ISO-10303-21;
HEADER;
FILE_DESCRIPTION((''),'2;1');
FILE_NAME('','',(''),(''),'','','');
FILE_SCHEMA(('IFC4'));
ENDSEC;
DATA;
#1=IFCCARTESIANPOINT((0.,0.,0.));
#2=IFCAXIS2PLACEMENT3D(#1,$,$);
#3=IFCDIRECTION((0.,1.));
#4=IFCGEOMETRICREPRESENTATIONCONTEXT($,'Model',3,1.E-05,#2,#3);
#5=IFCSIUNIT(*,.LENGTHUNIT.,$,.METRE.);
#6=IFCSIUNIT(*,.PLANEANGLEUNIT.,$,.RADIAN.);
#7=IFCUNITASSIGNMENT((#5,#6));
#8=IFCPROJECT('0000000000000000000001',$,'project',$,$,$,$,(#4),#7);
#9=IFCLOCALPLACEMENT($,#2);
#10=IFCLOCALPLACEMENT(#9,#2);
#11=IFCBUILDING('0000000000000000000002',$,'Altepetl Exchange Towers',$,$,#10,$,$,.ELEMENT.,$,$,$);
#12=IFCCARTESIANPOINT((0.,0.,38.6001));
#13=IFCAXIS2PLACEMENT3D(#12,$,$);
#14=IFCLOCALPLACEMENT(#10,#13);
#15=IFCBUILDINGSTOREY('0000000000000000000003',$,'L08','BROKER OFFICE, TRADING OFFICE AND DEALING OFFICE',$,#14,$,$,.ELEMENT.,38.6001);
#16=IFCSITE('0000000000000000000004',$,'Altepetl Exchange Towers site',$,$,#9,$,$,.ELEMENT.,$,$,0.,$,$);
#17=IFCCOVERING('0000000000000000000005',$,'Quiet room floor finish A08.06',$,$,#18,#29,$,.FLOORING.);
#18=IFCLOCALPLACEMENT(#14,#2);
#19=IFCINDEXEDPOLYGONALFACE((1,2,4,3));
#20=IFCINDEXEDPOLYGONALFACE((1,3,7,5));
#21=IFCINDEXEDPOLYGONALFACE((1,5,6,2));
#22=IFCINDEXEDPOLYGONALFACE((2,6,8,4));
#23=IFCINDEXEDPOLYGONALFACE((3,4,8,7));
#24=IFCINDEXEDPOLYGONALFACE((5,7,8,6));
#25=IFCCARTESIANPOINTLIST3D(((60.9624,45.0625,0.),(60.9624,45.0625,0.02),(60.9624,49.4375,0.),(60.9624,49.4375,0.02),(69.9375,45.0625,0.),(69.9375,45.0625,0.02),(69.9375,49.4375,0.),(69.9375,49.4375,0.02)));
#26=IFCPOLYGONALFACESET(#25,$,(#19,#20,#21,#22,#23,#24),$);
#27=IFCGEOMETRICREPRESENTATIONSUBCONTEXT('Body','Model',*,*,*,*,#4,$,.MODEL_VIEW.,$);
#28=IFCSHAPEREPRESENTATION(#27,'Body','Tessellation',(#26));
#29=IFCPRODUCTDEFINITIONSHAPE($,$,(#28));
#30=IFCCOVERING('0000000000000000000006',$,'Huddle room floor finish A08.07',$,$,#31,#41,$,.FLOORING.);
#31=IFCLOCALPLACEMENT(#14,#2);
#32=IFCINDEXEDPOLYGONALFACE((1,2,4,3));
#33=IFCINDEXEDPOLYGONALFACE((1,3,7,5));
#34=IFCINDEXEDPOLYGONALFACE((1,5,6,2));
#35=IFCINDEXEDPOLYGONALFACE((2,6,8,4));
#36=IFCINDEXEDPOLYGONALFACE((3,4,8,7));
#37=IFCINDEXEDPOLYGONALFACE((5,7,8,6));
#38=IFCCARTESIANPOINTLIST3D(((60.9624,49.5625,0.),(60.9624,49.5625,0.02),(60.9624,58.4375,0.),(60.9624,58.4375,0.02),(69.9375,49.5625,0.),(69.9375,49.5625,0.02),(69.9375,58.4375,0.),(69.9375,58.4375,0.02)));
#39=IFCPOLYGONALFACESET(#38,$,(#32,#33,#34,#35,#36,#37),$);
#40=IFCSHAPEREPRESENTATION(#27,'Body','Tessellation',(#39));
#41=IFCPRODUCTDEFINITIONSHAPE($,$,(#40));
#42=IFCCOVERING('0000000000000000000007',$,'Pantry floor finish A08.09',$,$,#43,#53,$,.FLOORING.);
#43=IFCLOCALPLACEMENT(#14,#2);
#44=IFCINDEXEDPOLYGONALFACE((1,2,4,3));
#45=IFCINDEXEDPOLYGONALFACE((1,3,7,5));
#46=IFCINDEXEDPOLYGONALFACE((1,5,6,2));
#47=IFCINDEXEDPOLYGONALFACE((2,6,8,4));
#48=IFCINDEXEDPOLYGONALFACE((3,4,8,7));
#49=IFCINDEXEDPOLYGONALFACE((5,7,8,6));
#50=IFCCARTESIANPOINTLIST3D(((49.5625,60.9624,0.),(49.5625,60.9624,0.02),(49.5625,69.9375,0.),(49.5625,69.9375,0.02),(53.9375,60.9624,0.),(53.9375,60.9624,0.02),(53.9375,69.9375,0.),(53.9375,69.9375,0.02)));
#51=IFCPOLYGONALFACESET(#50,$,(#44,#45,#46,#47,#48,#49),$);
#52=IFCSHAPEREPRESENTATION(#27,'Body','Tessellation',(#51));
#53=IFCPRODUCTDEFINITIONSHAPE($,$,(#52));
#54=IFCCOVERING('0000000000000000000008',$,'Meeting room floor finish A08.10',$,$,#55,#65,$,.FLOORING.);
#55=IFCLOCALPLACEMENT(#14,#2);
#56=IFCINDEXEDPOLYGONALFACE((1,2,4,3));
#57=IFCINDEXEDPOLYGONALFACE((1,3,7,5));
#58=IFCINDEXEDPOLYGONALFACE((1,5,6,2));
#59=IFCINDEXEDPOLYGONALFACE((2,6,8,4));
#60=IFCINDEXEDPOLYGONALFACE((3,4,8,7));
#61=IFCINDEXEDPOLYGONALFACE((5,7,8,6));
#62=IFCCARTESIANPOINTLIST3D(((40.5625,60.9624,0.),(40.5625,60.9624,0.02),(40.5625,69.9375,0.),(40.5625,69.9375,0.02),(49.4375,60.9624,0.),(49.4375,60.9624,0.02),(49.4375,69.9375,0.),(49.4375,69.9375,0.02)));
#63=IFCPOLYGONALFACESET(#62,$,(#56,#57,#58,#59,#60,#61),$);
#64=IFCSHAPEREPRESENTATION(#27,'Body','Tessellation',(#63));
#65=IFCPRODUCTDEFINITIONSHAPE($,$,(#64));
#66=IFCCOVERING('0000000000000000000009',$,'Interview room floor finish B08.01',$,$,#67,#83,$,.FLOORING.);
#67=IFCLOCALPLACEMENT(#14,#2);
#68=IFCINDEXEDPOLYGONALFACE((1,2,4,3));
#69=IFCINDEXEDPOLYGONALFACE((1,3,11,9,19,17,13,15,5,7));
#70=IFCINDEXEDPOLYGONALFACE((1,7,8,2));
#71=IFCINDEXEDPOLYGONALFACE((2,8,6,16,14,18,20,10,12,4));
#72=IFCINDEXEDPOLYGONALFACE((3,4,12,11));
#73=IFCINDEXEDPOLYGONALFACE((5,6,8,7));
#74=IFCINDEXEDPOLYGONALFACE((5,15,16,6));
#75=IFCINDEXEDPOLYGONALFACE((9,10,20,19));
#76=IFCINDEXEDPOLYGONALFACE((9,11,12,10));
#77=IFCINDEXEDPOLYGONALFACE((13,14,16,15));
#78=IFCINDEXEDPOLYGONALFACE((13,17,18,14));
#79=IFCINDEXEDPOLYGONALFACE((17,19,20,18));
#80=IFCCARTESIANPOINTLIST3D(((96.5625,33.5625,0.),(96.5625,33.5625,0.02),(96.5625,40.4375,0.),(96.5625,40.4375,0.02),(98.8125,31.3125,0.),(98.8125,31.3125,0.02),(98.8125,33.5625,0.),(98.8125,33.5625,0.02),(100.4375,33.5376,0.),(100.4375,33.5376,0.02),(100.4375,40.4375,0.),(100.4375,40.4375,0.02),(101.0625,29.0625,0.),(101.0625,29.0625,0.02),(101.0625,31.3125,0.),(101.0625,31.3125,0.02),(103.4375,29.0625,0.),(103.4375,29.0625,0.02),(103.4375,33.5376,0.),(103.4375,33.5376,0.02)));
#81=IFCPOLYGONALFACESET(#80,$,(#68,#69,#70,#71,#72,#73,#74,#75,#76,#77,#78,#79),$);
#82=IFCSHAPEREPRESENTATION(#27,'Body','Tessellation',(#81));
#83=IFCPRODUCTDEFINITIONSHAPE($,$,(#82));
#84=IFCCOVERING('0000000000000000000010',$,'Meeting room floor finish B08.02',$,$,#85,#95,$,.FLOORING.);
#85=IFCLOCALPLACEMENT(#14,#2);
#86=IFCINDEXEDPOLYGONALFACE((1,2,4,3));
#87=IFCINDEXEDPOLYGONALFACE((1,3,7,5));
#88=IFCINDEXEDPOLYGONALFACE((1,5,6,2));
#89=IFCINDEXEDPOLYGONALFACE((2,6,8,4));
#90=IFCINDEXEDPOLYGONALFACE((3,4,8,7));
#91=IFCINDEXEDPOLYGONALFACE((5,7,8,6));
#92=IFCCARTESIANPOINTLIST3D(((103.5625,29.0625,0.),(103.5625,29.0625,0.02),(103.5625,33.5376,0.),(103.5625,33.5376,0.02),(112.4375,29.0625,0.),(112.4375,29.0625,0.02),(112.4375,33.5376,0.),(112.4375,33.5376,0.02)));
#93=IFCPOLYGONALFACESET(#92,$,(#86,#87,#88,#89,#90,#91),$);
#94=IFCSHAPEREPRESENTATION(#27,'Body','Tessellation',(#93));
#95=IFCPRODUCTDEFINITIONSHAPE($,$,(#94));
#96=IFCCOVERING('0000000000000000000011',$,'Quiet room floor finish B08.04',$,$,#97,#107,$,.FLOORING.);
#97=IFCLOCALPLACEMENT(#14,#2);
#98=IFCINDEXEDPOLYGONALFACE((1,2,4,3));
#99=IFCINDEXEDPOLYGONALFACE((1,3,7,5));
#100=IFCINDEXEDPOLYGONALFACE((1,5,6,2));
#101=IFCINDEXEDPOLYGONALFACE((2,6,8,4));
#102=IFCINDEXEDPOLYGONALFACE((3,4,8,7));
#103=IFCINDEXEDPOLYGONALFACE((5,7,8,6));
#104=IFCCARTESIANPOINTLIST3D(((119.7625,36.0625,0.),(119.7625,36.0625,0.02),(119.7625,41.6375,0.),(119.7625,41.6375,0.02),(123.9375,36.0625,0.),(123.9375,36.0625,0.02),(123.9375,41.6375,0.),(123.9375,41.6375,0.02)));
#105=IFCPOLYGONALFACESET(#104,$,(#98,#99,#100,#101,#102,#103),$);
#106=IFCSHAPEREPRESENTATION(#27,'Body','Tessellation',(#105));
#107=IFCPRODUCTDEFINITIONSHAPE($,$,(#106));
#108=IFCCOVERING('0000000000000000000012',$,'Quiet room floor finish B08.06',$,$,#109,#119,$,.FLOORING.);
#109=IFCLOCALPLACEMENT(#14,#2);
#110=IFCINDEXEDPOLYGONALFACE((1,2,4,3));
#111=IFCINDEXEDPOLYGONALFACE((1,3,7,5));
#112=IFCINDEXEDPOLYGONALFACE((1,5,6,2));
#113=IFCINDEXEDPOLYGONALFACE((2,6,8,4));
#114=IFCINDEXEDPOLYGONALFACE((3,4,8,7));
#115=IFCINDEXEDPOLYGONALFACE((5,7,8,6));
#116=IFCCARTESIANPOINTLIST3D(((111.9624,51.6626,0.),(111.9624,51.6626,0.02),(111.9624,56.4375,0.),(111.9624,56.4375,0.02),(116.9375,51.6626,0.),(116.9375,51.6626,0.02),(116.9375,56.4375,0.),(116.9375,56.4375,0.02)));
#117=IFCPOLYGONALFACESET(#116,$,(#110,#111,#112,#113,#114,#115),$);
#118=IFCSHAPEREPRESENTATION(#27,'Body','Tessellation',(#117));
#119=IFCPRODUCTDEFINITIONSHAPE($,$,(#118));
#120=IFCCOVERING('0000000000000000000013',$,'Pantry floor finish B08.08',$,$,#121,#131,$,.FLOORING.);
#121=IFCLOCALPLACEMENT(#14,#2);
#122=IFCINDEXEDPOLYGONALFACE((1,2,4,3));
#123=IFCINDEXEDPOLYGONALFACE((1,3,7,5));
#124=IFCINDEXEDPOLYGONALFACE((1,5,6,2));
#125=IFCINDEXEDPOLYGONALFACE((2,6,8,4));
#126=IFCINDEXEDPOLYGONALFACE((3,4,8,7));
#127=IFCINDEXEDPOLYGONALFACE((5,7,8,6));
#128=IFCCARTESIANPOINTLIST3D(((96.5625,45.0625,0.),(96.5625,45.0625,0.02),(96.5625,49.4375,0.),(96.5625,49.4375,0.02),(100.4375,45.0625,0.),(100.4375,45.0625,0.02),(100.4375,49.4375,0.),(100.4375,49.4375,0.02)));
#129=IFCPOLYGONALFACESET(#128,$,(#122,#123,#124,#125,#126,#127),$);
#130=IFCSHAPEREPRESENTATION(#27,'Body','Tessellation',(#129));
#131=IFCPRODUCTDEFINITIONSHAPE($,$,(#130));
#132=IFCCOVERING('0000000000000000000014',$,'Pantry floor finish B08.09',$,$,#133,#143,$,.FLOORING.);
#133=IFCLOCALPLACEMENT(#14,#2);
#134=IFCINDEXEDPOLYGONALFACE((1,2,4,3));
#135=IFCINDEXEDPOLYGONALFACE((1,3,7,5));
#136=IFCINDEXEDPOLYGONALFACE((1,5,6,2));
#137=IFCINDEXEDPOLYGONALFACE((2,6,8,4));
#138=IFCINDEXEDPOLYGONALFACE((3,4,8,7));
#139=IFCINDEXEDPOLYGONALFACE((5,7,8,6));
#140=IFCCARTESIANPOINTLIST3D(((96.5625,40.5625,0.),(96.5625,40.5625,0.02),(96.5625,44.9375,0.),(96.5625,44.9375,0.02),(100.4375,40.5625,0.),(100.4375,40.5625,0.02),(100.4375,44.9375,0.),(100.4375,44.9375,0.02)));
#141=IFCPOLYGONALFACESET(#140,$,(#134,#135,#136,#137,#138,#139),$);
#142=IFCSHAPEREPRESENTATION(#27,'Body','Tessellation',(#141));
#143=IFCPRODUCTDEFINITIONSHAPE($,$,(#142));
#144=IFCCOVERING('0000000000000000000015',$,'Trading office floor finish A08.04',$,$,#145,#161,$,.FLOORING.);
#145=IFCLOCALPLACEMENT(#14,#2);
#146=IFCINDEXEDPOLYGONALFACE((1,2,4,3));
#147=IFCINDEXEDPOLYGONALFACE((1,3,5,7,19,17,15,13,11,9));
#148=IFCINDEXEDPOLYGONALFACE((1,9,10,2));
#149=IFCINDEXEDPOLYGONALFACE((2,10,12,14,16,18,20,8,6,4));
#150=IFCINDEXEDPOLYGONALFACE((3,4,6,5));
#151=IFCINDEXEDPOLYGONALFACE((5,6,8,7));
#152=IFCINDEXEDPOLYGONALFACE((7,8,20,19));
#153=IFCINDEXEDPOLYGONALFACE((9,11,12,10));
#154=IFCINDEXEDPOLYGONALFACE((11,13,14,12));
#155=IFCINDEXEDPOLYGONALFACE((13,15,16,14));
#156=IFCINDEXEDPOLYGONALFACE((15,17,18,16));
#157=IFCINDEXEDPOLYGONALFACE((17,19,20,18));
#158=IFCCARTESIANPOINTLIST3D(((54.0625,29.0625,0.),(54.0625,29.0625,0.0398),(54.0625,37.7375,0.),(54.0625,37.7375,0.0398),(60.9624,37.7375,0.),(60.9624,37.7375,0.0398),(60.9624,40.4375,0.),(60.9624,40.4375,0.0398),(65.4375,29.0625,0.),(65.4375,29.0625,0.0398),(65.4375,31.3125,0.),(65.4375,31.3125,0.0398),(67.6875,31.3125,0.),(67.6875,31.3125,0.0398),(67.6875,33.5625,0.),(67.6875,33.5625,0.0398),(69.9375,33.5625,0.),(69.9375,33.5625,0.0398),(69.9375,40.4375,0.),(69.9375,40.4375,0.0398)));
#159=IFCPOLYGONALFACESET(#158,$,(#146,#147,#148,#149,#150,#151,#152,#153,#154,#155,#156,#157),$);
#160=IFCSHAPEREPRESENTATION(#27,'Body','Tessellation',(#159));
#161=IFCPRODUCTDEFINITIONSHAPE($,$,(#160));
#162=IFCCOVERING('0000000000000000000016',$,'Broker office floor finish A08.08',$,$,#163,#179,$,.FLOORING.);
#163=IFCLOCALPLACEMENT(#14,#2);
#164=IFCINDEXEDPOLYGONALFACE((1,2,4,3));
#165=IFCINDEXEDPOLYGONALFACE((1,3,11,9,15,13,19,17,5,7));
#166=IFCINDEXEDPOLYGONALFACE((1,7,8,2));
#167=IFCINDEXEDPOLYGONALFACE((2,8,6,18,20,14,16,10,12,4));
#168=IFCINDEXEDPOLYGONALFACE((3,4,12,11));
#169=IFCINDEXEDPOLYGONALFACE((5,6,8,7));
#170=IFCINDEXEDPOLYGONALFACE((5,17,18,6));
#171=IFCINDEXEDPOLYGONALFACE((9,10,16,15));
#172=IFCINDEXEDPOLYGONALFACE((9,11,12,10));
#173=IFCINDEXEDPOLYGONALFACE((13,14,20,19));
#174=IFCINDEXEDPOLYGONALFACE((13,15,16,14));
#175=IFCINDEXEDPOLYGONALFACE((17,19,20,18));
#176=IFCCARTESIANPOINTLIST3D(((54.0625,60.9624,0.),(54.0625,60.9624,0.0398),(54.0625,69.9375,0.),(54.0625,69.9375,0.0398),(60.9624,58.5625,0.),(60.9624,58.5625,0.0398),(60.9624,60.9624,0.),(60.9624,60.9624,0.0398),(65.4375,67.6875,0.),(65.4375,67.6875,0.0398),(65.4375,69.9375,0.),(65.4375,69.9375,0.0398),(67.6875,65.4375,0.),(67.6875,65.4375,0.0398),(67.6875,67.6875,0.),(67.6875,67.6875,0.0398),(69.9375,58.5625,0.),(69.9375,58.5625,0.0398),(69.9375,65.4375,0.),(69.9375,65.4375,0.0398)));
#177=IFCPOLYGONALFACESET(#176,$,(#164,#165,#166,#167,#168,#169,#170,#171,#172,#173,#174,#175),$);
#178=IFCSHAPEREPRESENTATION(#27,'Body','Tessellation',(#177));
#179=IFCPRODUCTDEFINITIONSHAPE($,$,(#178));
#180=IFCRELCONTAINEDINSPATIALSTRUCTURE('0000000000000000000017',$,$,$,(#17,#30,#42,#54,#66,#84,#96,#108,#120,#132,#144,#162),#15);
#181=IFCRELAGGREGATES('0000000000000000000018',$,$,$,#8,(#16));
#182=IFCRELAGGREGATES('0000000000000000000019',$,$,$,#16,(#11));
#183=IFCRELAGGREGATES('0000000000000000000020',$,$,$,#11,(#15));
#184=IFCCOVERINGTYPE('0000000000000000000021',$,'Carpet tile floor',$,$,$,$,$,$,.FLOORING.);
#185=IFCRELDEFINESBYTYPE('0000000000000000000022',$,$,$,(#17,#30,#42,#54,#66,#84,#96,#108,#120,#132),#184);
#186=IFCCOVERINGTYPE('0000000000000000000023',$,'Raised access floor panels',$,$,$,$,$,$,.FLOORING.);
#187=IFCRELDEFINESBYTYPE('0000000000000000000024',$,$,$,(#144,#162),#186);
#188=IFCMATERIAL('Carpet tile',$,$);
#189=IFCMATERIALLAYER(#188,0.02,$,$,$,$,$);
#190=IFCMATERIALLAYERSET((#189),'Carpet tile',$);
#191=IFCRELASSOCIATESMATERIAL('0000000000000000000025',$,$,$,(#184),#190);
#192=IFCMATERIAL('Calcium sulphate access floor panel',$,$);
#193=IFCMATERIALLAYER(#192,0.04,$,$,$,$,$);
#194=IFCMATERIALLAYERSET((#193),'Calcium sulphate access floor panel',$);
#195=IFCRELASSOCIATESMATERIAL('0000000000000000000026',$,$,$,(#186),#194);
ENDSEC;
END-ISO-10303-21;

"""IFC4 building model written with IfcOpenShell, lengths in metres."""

from ifc_helpers import new_model, si_unit, direction, frame, origin, place, context, subcontext, project, spatial, polyline, outline, extrude, material, layer, layer_set, type_object, element, save


model = new_model("IFC4")

# Units and contexts
model_context = context("Model", 3, precision=1e-05, world=origin(), true_north=direction((0.0, 1.0)))
body_context = subcontext(model_context, "Body", "Model", "MODEL_VIEW")
ifc_project = project(units=[si_unit("LENGTHUNIT", "METRE"), si_unit("PLANEANGLEUNIT", "RADIAN")], contexts=[model_context])

# Site, building, storey
site_placement = place(None, origin())
site = spatial("IfcSite", under=ifc_project, at=site_placement, Name="Altepetl Exchange Towers site", CompositionType="ELEMENT", RefElevation=0.0)
building_placement = place(site_placement, origin())
building = spatial("IfcBuilding", under=site, at=building_placement, Name="Altepetl Exchange Towers", CompositionType="ELEMENT")
storey_placement = place(building_placement, frame((0.0, 0.0, 38.6001)))
storey = spatial("IfcBuildingStorey", under=building, at=storey_placement, Name="L08", Description="BROKER OFFICE, TRADING OFFICE AND DEALING OFFICE", CompositionType="ELEMENT", Elevation=38.6001)

# Coverings
ifc_material_1 = material(Name="Carpet tile")
ifc_layer_1 = layer(ifc_material_1, 0.02)
ifc_layer_set_1 = layer_set([ifc_layer_1], Name="Carpet tile")
covering_type_1 = type_object("IfcCoveringType", Name="Carpet tile floor", PredefinedType="FLOORING", material=ifc_layer_set_1)
covering_1_placement = place(storey_placement, origin())
element("IfcCovering", 1, at=covering_1_placement, inside=storey, type_object=covering_type_1, Name="Quiet room floor finish A08.06", PredefinedType="FLOORING", context=body_context, shape_type="SweptSolid", body=[
    extrude(outline(polyline([(69.9375, 49.4375), (60.9624, 49.4375), (60.9624, 45.0625), (69.9375, 45.0625), (69.9375, 49.4375)])), origin(), (0.0, 0.0, 1.0), 0.02),
])
covering_2_placement = place(storey_placement, origin())
element("IfcCovering", 2, at=covering_2_placement, inside=storey, type_object=covering_type_1, Name="Huddle room floor finish A08.07", PredefinedType="FLOORING", context=body_context, shape_type="SweptSolid", body=[
    extrude(outline(polyline([(69.9375, 58.4375), (60.9624, 58.4375), (60.9624, 49.5625), (69.9375, 49.5625), (69.9375, 58.4375)])), origin(), (0.0, 0.0, 1.0), 0.02),
])
covering_3_placement = place(storey_placement, origin())
element("IfcCovering", 3, at=covering_3_placement, inside=storey, type_object=covering_type_1, Name="Pantry floor finish A08.09", PredefinedType="FLOORING", context=body_context, shape_type="SweptSolid", body=[
    extrude(outline(polyline([(49.5625, 69.9375), (49.5625, 60.9624), (53.9375, 60.9624), (53.9375, 69.9375), (49.5625, 69.9375)])), origin(), (0.0, 0.0, 1.0), 0.02),
])
covering_4_placement = place(storey_placement, origin())
element("IfcCovering", 4, at=covering_4_placement, inside=storey, type_object=covering_type_1, Name="Meeting room floor finish A08.10", PredefinedType="FLOORING", context=body_context, shape_type="SweptSolid", body=[
    extrude(outline(polyline([(40.5625, 69.9375), (40.5625, 60.9624), (49.4375, 60.9624), (49.4375, 69.9375), (40.5625, 69.9375)])), origin(), (0.0, 0.0, 1.0), 0.02),
])
covering_5_placement = place(storey_placement, origin())
element("IfcCovering", 5, at=covering_5_placement, inside=storey, type_object=covering_type_1, Name="Interview room floor finish B08.01", PredefinedType="FLOORING", context=body_context, shape_type="SweptSolid", body=[
    extrude(outline(polyline([(100.4375, 40.4375), (96.5625, 40.4375), (96.5625, 33.5625), (98.8125, 33.5625), (98.8125, 31.3125), (101.0625, 31.3125), (101.0625, 29.0625), (103.4375, 29.0625), (103.4375, 33.5376), (100.4375, 33.5376), (100.4375, 40.4375)])), origin(), (0.0, 0.0, 1.0), 0.02),
])
covering_6_placement = place(storey_placement, origin())
element("IfcCovering", 6, at=covering_6_placement, inside=storey, type_object=covering_type_1, Name="Meeting room floor finish B08.02", PredefinedType="FLOORING", context=body_context, shape_type="SweptSolid", body=[
    extrude(outline(polyline([(103.5625, 33.5376), (103.5625, 29.0625), (112.4375, 29.0625), (112.4375, 33.5376), (103.5625, 33.5376)])), origin(), (0.0, 0.0, 1.0), 0.02),
])
covering_7_placement = place(storey_placement, origin())
element("IfcCovering", 7, at=covering_7_placement, inside=storey, type_object=covering_type_1, Name="Quiet room floor finish B08.04", PredefinedType="FLOORING", context=body_context, shape_type="SweptSolid", body=[
    extrude(outline(polyline([(119.7625, 41.6375), (119.7625, 36.0625), (123.9375, 36.0625), (123.9375, 41.6375), (119.7625, 41.6375)])), origin(), (0.0, 0.0, 1.0), 0.02),
])
covering_8_placement = place(storey_placement, origin())
element("IfcCovering", 8, at=covering_8_placement, inside=storey, type_object=covering_type_1, Name="Quiet room floor finish B08.06", PredefinedType="FLOORING", context=body_context, shape_type="SweptSolid", body=[
    extrude(outline(polyline([(111.9624, 51.6626), (116.9375, 51.6626), (116.9375, 56.4375), (111.9624, 56.4375), (111.9624, 51.6626)])), origin(), (0.0, 0.0, 1.0), 0.02),
])
covering_9_placement = place(storey_placement, origin())
element("IfcCovering", 9, at=covering_9_placement, inside=storey, type_object=covering_type_1, Name="Pantry floor finish B08.08", PredefinedType="FLOORING", context=body_context, shape_type="SweptSolid", body=[
    extrude(outline(polyline([(100.4375, 49.4375), (96.5625, 49.4375), (96.5625, 45.0625), (100.4375, 45.0625), (100.4375, 49.4375)])), origin(), (0.0, 0.0, 1.0), 0.02),
])
covering_10_placement = place(storey_placement, origin())
element("IfcCovering", 10, at=covering_10_placement, inside=storey, type_object=covering_type_1, Name="Pantry floor finish B08.09", PredefinedType="FLOORING", context=body_context, shape_type="SweptSolid", body=[
    extrude(outline(polyline([(100.4375, 44.9375), (96.5625, 44.9375), (96.5625, 40.5625), (100.4375, 40.5625), (100.4375, 44.9375)])), origin(), (0.0, 0.0, 1.0), 0.02),
])
ifc_material_2 = material(Name="Calcium sulphate access floor panel")
ifc_layer_2 = layer(ifc_material_2, 0.04)
ifc_layer_set_2 = layer_set([ifc_layer_2], Name="Calcium sulphate access floor panel")
covering_type_2 = type_object("IfcCoveringType", Name="Raised access floor panels", PredefinedType="FLOORING", material=ifc_layer_set_2)
covering_11_placement = place(storey_placement, origin())
element("IfcCovering", 11, at=covering_11_placement, inside=storey, type_object=covering_type_2, Name="Trading office floor finish A08.04", PredefinedType="FLOORING", context=body_context, shape_type="SweptSolid", body=[
    extrude(outline(polyline([(69.9375, 40.4375), (60.9624, 40.4375), (60.9624, 37.7375), (54.0625, 37.7375), (54.0625, 29.0625), (65.4375, 29.0625), (65.4375, 31.3125), (67.6875, 31.3125), (67.6875, 33.5625), (69.9375, 33.5625), (69.9375, 40.4375)])), origin(), (0.0, 0.0, 1.0), 0.0398),
])
covering_12_placement = place(storey_placement, origin())
element("IfcCovering", 12, at=covering_12_placement, inside=storey, type_object=covering_type_2, Name="Broker office floor finish A08.08", PredefinedType="FLOORING", context=body_context, shape_type="SweptSolid", body=[
    extrude(outline(polyline([(54.0625, 69.9375), (54.0625, 60.9624), (60.9624, 60.9624), (60.9624, 58.5625), (69.9375, 58.5625), (69.9375, 65.4375), (67.6875, 65.4375), (67.6875, 67.6875), (65.4375, 67.6875), (65.4375, 69.9375), (54.0625, 69.9375)])), origin(), (0.0, 0.0, 1.0), 0.0398),
])

save(model, "model.ifc")
